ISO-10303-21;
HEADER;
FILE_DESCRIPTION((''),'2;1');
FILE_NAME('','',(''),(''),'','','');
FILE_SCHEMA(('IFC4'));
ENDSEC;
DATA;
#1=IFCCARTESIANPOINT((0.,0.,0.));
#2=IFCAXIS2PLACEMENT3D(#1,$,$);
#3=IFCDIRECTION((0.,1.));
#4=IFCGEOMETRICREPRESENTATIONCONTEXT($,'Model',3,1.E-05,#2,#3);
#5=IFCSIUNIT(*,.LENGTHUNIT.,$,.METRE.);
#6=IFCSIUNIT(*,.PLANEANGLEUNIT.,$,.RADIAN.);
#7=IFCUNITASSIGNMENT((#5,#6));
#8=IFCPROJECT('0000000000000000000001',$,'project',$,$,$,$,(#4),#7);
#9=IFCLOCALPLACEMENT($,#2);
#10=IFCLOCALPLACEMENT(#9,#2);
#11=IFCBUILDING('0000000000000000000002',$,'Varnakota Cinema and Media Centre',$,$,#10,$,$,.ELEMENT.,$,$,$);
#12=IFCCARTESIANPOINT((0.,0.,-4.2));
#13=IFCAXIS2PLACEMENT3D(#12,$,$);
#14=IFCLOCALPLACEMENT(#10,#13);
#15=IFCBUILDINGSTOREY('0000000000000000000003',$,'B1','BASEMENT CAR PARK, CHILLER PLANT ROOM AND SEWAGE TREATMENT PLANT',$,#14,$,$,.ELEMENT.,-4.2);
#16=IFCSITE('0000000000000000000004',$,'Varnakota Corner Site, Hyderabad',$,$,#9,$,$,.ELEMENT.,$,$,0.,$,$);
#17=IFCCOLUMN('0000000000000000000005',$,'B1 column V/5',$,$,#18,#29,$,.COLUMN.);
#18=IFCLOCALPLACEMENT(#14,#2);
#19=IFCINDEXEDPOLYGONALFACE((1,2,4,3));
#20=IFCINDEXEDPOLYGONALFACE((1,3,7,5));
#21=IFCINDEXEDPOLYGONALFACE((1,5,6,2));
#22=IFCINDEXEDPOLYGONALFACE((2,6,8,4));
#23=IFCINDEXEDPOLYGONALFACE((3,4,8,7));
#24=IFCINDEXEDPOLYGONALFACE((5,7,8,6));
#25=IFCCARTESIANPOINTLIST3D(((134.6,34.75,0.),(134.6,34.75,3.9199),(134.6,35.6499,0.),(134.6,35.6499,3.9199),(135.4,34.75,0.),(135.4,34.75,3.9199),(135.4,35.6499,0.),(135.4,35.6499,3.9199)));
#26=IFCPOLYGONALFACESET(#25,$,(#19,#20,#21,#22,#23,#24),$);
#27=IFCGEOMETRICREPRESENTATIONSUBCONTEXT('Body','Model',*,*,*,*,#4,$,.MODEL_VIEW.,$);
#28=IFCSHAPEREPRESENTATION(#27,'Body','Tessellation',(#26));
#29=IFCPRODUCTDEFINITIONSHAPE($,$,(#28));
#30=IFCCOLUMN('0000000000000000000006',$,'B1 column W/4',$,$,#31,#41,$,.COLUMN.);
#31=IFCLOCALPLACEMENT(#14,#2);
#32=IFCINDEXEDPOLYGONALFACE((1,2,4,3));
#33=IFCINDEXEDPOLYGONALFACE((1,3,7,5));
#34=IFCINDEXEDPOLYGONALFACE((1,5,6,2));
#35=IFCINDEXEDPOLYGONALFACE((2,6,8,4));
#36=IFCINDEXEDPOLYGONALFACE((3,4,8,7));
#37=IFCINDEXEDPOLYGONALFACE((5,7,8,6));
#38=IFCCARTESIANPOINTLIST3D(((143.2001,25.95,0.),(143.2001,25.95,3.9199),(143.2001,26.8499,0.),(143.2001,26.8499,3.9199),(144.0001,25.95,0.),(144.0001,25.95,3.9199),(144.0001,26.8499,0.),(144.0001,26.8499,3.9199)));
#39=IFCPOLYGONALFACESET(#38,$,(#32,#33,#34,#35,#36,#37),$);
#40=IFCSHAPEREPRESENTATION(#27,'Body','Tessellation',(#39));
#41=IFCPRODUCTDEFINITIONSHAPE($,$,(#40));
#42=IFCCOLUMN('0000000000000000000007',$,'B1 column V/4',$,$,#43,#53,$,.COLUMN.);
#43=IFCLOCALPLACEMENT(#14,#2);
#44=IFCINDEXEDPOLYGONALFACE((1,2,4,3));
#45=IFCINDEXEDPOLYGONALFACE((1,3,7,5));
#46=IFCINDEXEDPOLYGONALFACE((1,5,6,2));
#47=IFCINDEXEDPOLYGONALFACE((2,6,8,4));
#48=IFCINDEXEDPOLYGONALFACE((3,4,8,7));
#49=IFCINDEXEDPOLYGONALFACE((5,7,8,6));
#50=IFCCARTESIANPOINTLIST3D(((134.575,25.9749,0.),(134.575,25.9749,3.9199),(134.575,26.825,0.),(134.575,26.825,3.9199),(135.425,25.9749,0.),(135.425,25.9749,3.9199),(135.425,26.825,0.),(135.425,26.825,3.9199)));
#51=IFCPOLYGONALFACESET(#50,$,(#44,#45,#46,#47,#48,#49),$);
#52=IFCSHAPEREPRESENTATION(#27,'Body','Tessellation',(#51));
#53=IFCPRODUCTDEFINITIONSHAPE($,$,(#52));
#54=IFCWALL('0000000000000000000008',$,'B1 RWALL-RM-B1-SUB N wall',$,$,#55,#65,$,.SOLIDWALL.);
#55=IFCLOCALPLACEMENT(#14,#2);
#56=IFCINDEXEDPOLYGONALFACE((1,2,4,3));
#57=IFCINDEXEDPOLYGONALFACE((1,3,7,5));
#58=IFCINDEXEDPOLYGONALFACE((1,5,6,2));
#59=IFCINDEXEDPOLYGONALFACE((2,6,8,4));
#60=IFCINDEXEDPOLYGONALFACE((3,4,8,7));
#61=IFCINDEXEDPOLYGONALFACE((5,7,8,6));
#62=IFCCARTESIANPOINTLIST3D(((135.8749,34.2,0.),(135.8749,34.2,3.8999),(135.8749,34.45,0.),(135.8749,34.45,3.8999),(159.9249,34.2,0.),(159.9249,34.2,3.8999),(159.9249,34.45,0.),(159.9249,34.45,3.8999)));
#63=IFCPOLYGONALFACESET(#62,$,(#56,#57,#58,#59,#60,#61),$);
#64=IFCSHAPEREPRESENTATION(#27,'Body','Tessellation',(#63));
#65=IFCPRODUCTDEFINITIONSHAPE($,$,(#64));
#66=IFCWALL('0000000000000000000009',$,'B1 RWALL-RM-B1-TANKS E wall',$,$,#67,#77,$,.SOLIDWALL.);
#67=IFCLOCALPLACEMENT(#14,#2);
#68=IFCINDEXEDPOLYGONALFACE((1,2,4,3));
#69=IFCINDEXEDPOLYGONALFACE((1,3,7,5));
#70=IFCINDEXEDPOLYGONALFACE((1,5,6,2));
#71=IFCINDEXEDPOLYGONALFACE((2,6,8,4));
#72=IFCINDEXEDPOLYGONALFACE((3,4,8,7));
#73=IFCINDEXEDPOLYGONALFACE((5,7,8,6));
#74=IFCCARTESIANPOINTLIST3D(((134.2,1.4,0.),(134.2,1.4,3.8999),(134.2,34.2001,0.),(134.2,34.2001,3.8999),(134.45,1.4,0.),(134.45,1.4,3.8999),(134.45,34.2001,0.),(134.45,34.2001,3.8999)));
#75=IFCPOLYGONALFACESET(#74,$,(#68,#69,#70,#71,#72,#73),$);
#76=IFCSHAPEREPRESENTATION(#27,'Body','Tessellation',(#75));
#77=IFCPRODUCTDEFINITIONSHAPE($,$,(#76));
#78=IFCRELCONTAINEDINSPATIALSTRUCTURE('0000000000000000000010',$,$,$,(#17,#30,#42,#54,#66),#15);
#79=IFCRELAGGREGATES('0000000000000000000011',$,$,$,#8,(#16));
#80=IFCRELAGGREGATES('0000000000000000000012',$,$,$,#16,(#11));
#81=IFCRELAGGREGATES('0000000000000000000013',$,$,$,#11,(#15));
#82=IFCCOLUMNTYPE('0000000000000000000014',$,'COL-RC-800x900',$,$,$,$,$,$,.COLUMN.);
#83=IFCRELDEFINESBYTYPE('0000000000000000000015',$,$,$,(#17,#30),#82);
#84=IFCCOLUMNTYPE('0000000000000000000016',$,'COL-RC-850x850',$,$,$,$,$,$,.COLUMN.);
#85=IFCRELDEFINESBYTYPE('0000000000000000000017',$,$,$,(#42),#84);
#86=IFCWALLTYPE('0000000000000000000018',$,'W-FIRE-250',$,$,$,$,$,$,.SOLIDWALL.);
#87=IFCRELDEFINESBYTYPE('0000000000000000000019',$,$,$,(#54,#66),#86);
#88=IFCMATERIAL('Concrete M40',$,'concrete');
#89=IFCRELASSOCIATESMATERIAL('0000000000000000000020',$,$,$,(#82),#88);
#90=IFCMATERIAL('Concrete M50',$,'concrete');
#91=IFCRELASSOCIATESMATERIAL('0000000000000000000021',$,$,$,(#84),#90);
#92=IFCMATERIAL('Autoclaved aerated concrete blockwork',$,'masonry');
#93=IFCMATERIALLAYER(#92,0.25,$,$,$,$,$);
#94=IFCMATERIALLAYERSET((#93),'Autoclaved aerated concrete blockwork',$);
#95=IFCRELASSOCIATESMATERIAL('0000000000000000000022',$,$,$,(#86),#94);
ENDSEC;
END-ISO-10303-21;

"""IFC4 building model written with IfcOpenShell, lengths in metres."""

from ifc_helpers import new_model, si_unit, direction, frame, frame_2d, origin, origin_2d, place, context, subcontext, project, spatial, rectangle, extrude, material, layer, layer_set, material_profile, profile_set, type_object, element, save


model = new_model("IFC4")

# Units and contexts
model_context = context("Model", 3, precision=1e-05, world=origin(), true_north=direction((0.0, 1.0)))
body_context = subcontext(model_context, "Body", "Model", "MODEL_VIEW")
ifc_project = project(units=[si_unit("LENGTHUNIT", "METRE"), si_unit("PLANEANGLEUNIT", "RADIAN")], contexts=[model_context])

# Site, building, storey
site_placement = place(None, origin())
site = spatial("IfcSite", under=ifc_project, at=site_placement, Name="Varnakota Corner Site, Hyderabad", CompositionType="ELEMENT", RefElevation=0.0)
building_placement = place(site_placement, origin())
building = spatial("IfcBuilding", under=site, at=building_placement, Name="Varnakota Cinema and Media Centre", CompositionType="ELEMENT")
storey_placement = place(building_placement, frame((0.0, 0.0, -4.2)))
storey = spatial("IfcBuildingStorey", under=building, at=storey_placement, Name="B1", Description="BASEMENT CAR PARK, CHILLER PLANT ROOM AND SEWAGE TREATMENT PLANT", CompositionType="ELEMENT", Elevation=-4.2)

# Columns
ifc_material_1 = material(Name="Concrete M40", Category="concrete")
ifc_material_profile_1 = material_profile(ifc_material_1, rectangle(XDim=0.8, YDim=0.8999, at=origin_2d()), Name="RC 800x900")
ifc_profile_set_1 = profile_set([ifc_material_profile_1], Name="Concrete M40")
column_type_1 = type_object("IfcColumnType", Name="COL-RC-800x900", PredefinedType="COLUMN", material=ifc_profile_set_1)
for number, where, z_axis, x_axis, name in (
    (1, (135.0, 35.2, 0.0), (0.0, 0.0, 1.0), (1.0, 0.0, 0.0), "B1 column V/5"),
    (2, (143.6001, 26.3999, 0.0), (0.0, 0.0, 1.0), (1.0, 0.0, 0.0), "B1 column W/4"),
):
    element("IfcColumn", number, at=place(storey_placement, frame(where, z_axis=z_axis, x_axis=x_axis)), inside=storey, type_object=column_type_1, Name=name, PredefinedType="COLUMN", context=body_context, shape_type="SweptSolid", body=[
        extrude(rectangle(XDim=0.8, YDim=0.8999, at=origin_2d()), origin(), (0.0, 0.0, 1.0), 3.9199),
    ])
ifc_material_2 = material(Name="Concrete M50", Category="concrete")
ifc_material_profile_2 = material_profile(ifc_material_2, rectangle(XDim=0.8501, YDim=0.8501, at=origin_2d()), Name="RC 850x850")
ifc_profile_set_2 = profile_set([ifc_material_profile_2], Name="Concrete M50")
column_type_2 = type_object("IfcColumnType", Name="COL-RC-850x850", PredefinedType="COLUMN", material=ifc_profile_set_2)
column_placement = place(storey_placement, frame((135.0, 26.3999, 0.0), z_axis=(0.0, 0.0, 1.0), x_axis=(1.0, 0.0, 0.0)))
element("IfcColumn", 3, at=column_placement, inside=storey, type_object=column_type_2, Name="B1 column V/4", PredefinedType="COLUMN", context=body_context, shape_type="SweptSolid", body=[
    extrude(rectangle(XDim=0.8501, YDim=0.8501, at=origin_2d()), origin(), (0.0, 0.0, 1.0), 3.9199),
])

# Walls
ifc_material_3 = material(Name="Autoclaved aerated concrete blockwork", Category="masonry")
ifc_layer = layer(ifc_material_3, 0.25)
ifc_layer_set = layer_set([ifc_layer], Name="Autoclaved aerated concrete blockwork")
wall_type = type_object("IfcWallType", Name="W-FIRE-250", PredefinedType="SOLIDWALL", material=ifc_layer_set)
wall_1_placement = place(storey_placement, frame((135.875, 34.325, 0.0), z_axis=(0.0, 0.0, 1.0), x_axis=(1.0, 0.0, 0.0)))
element("IfcWall", 4, at=wall_1_placement, inside=storey, type_object=wall_type, Name="B1 RWALL-RM-B1-SUB N wall", PredefinedType="SOLIDWALL", context=body_context, shape_type="SweptSolid", body=[
    extrude(rectangle(XDim=24.05, YDim=0.25, at=frame_2d((12.0249, 0.0))), origin(), (0.0, 0.0, 1.0), 3.8999),
])
wall_2_placement = place(storey_placement, frame((134.325, 34.2, 0.0), z_axis=(0.0, 0.0, 1.0), x_axis=(0.0, -1.0, 0.0)))
element("IfcWall", 5, at=wall_2_placement, inside=storey, type_object=wall_type, Name="B1 RWALL-RM-B1-TANKS E wall", PredefinedType="SOLIDWALL", context=body_context, shape_type="SweptSolid", body=[
    extrude(rectangle(XDim=32.8, YDim=0.25, at=frame_2d((16.3999, 0.0))), origin(), (0.0, 0.0, 1.0), 3.8999),
])

save(model, "model.ifc")
